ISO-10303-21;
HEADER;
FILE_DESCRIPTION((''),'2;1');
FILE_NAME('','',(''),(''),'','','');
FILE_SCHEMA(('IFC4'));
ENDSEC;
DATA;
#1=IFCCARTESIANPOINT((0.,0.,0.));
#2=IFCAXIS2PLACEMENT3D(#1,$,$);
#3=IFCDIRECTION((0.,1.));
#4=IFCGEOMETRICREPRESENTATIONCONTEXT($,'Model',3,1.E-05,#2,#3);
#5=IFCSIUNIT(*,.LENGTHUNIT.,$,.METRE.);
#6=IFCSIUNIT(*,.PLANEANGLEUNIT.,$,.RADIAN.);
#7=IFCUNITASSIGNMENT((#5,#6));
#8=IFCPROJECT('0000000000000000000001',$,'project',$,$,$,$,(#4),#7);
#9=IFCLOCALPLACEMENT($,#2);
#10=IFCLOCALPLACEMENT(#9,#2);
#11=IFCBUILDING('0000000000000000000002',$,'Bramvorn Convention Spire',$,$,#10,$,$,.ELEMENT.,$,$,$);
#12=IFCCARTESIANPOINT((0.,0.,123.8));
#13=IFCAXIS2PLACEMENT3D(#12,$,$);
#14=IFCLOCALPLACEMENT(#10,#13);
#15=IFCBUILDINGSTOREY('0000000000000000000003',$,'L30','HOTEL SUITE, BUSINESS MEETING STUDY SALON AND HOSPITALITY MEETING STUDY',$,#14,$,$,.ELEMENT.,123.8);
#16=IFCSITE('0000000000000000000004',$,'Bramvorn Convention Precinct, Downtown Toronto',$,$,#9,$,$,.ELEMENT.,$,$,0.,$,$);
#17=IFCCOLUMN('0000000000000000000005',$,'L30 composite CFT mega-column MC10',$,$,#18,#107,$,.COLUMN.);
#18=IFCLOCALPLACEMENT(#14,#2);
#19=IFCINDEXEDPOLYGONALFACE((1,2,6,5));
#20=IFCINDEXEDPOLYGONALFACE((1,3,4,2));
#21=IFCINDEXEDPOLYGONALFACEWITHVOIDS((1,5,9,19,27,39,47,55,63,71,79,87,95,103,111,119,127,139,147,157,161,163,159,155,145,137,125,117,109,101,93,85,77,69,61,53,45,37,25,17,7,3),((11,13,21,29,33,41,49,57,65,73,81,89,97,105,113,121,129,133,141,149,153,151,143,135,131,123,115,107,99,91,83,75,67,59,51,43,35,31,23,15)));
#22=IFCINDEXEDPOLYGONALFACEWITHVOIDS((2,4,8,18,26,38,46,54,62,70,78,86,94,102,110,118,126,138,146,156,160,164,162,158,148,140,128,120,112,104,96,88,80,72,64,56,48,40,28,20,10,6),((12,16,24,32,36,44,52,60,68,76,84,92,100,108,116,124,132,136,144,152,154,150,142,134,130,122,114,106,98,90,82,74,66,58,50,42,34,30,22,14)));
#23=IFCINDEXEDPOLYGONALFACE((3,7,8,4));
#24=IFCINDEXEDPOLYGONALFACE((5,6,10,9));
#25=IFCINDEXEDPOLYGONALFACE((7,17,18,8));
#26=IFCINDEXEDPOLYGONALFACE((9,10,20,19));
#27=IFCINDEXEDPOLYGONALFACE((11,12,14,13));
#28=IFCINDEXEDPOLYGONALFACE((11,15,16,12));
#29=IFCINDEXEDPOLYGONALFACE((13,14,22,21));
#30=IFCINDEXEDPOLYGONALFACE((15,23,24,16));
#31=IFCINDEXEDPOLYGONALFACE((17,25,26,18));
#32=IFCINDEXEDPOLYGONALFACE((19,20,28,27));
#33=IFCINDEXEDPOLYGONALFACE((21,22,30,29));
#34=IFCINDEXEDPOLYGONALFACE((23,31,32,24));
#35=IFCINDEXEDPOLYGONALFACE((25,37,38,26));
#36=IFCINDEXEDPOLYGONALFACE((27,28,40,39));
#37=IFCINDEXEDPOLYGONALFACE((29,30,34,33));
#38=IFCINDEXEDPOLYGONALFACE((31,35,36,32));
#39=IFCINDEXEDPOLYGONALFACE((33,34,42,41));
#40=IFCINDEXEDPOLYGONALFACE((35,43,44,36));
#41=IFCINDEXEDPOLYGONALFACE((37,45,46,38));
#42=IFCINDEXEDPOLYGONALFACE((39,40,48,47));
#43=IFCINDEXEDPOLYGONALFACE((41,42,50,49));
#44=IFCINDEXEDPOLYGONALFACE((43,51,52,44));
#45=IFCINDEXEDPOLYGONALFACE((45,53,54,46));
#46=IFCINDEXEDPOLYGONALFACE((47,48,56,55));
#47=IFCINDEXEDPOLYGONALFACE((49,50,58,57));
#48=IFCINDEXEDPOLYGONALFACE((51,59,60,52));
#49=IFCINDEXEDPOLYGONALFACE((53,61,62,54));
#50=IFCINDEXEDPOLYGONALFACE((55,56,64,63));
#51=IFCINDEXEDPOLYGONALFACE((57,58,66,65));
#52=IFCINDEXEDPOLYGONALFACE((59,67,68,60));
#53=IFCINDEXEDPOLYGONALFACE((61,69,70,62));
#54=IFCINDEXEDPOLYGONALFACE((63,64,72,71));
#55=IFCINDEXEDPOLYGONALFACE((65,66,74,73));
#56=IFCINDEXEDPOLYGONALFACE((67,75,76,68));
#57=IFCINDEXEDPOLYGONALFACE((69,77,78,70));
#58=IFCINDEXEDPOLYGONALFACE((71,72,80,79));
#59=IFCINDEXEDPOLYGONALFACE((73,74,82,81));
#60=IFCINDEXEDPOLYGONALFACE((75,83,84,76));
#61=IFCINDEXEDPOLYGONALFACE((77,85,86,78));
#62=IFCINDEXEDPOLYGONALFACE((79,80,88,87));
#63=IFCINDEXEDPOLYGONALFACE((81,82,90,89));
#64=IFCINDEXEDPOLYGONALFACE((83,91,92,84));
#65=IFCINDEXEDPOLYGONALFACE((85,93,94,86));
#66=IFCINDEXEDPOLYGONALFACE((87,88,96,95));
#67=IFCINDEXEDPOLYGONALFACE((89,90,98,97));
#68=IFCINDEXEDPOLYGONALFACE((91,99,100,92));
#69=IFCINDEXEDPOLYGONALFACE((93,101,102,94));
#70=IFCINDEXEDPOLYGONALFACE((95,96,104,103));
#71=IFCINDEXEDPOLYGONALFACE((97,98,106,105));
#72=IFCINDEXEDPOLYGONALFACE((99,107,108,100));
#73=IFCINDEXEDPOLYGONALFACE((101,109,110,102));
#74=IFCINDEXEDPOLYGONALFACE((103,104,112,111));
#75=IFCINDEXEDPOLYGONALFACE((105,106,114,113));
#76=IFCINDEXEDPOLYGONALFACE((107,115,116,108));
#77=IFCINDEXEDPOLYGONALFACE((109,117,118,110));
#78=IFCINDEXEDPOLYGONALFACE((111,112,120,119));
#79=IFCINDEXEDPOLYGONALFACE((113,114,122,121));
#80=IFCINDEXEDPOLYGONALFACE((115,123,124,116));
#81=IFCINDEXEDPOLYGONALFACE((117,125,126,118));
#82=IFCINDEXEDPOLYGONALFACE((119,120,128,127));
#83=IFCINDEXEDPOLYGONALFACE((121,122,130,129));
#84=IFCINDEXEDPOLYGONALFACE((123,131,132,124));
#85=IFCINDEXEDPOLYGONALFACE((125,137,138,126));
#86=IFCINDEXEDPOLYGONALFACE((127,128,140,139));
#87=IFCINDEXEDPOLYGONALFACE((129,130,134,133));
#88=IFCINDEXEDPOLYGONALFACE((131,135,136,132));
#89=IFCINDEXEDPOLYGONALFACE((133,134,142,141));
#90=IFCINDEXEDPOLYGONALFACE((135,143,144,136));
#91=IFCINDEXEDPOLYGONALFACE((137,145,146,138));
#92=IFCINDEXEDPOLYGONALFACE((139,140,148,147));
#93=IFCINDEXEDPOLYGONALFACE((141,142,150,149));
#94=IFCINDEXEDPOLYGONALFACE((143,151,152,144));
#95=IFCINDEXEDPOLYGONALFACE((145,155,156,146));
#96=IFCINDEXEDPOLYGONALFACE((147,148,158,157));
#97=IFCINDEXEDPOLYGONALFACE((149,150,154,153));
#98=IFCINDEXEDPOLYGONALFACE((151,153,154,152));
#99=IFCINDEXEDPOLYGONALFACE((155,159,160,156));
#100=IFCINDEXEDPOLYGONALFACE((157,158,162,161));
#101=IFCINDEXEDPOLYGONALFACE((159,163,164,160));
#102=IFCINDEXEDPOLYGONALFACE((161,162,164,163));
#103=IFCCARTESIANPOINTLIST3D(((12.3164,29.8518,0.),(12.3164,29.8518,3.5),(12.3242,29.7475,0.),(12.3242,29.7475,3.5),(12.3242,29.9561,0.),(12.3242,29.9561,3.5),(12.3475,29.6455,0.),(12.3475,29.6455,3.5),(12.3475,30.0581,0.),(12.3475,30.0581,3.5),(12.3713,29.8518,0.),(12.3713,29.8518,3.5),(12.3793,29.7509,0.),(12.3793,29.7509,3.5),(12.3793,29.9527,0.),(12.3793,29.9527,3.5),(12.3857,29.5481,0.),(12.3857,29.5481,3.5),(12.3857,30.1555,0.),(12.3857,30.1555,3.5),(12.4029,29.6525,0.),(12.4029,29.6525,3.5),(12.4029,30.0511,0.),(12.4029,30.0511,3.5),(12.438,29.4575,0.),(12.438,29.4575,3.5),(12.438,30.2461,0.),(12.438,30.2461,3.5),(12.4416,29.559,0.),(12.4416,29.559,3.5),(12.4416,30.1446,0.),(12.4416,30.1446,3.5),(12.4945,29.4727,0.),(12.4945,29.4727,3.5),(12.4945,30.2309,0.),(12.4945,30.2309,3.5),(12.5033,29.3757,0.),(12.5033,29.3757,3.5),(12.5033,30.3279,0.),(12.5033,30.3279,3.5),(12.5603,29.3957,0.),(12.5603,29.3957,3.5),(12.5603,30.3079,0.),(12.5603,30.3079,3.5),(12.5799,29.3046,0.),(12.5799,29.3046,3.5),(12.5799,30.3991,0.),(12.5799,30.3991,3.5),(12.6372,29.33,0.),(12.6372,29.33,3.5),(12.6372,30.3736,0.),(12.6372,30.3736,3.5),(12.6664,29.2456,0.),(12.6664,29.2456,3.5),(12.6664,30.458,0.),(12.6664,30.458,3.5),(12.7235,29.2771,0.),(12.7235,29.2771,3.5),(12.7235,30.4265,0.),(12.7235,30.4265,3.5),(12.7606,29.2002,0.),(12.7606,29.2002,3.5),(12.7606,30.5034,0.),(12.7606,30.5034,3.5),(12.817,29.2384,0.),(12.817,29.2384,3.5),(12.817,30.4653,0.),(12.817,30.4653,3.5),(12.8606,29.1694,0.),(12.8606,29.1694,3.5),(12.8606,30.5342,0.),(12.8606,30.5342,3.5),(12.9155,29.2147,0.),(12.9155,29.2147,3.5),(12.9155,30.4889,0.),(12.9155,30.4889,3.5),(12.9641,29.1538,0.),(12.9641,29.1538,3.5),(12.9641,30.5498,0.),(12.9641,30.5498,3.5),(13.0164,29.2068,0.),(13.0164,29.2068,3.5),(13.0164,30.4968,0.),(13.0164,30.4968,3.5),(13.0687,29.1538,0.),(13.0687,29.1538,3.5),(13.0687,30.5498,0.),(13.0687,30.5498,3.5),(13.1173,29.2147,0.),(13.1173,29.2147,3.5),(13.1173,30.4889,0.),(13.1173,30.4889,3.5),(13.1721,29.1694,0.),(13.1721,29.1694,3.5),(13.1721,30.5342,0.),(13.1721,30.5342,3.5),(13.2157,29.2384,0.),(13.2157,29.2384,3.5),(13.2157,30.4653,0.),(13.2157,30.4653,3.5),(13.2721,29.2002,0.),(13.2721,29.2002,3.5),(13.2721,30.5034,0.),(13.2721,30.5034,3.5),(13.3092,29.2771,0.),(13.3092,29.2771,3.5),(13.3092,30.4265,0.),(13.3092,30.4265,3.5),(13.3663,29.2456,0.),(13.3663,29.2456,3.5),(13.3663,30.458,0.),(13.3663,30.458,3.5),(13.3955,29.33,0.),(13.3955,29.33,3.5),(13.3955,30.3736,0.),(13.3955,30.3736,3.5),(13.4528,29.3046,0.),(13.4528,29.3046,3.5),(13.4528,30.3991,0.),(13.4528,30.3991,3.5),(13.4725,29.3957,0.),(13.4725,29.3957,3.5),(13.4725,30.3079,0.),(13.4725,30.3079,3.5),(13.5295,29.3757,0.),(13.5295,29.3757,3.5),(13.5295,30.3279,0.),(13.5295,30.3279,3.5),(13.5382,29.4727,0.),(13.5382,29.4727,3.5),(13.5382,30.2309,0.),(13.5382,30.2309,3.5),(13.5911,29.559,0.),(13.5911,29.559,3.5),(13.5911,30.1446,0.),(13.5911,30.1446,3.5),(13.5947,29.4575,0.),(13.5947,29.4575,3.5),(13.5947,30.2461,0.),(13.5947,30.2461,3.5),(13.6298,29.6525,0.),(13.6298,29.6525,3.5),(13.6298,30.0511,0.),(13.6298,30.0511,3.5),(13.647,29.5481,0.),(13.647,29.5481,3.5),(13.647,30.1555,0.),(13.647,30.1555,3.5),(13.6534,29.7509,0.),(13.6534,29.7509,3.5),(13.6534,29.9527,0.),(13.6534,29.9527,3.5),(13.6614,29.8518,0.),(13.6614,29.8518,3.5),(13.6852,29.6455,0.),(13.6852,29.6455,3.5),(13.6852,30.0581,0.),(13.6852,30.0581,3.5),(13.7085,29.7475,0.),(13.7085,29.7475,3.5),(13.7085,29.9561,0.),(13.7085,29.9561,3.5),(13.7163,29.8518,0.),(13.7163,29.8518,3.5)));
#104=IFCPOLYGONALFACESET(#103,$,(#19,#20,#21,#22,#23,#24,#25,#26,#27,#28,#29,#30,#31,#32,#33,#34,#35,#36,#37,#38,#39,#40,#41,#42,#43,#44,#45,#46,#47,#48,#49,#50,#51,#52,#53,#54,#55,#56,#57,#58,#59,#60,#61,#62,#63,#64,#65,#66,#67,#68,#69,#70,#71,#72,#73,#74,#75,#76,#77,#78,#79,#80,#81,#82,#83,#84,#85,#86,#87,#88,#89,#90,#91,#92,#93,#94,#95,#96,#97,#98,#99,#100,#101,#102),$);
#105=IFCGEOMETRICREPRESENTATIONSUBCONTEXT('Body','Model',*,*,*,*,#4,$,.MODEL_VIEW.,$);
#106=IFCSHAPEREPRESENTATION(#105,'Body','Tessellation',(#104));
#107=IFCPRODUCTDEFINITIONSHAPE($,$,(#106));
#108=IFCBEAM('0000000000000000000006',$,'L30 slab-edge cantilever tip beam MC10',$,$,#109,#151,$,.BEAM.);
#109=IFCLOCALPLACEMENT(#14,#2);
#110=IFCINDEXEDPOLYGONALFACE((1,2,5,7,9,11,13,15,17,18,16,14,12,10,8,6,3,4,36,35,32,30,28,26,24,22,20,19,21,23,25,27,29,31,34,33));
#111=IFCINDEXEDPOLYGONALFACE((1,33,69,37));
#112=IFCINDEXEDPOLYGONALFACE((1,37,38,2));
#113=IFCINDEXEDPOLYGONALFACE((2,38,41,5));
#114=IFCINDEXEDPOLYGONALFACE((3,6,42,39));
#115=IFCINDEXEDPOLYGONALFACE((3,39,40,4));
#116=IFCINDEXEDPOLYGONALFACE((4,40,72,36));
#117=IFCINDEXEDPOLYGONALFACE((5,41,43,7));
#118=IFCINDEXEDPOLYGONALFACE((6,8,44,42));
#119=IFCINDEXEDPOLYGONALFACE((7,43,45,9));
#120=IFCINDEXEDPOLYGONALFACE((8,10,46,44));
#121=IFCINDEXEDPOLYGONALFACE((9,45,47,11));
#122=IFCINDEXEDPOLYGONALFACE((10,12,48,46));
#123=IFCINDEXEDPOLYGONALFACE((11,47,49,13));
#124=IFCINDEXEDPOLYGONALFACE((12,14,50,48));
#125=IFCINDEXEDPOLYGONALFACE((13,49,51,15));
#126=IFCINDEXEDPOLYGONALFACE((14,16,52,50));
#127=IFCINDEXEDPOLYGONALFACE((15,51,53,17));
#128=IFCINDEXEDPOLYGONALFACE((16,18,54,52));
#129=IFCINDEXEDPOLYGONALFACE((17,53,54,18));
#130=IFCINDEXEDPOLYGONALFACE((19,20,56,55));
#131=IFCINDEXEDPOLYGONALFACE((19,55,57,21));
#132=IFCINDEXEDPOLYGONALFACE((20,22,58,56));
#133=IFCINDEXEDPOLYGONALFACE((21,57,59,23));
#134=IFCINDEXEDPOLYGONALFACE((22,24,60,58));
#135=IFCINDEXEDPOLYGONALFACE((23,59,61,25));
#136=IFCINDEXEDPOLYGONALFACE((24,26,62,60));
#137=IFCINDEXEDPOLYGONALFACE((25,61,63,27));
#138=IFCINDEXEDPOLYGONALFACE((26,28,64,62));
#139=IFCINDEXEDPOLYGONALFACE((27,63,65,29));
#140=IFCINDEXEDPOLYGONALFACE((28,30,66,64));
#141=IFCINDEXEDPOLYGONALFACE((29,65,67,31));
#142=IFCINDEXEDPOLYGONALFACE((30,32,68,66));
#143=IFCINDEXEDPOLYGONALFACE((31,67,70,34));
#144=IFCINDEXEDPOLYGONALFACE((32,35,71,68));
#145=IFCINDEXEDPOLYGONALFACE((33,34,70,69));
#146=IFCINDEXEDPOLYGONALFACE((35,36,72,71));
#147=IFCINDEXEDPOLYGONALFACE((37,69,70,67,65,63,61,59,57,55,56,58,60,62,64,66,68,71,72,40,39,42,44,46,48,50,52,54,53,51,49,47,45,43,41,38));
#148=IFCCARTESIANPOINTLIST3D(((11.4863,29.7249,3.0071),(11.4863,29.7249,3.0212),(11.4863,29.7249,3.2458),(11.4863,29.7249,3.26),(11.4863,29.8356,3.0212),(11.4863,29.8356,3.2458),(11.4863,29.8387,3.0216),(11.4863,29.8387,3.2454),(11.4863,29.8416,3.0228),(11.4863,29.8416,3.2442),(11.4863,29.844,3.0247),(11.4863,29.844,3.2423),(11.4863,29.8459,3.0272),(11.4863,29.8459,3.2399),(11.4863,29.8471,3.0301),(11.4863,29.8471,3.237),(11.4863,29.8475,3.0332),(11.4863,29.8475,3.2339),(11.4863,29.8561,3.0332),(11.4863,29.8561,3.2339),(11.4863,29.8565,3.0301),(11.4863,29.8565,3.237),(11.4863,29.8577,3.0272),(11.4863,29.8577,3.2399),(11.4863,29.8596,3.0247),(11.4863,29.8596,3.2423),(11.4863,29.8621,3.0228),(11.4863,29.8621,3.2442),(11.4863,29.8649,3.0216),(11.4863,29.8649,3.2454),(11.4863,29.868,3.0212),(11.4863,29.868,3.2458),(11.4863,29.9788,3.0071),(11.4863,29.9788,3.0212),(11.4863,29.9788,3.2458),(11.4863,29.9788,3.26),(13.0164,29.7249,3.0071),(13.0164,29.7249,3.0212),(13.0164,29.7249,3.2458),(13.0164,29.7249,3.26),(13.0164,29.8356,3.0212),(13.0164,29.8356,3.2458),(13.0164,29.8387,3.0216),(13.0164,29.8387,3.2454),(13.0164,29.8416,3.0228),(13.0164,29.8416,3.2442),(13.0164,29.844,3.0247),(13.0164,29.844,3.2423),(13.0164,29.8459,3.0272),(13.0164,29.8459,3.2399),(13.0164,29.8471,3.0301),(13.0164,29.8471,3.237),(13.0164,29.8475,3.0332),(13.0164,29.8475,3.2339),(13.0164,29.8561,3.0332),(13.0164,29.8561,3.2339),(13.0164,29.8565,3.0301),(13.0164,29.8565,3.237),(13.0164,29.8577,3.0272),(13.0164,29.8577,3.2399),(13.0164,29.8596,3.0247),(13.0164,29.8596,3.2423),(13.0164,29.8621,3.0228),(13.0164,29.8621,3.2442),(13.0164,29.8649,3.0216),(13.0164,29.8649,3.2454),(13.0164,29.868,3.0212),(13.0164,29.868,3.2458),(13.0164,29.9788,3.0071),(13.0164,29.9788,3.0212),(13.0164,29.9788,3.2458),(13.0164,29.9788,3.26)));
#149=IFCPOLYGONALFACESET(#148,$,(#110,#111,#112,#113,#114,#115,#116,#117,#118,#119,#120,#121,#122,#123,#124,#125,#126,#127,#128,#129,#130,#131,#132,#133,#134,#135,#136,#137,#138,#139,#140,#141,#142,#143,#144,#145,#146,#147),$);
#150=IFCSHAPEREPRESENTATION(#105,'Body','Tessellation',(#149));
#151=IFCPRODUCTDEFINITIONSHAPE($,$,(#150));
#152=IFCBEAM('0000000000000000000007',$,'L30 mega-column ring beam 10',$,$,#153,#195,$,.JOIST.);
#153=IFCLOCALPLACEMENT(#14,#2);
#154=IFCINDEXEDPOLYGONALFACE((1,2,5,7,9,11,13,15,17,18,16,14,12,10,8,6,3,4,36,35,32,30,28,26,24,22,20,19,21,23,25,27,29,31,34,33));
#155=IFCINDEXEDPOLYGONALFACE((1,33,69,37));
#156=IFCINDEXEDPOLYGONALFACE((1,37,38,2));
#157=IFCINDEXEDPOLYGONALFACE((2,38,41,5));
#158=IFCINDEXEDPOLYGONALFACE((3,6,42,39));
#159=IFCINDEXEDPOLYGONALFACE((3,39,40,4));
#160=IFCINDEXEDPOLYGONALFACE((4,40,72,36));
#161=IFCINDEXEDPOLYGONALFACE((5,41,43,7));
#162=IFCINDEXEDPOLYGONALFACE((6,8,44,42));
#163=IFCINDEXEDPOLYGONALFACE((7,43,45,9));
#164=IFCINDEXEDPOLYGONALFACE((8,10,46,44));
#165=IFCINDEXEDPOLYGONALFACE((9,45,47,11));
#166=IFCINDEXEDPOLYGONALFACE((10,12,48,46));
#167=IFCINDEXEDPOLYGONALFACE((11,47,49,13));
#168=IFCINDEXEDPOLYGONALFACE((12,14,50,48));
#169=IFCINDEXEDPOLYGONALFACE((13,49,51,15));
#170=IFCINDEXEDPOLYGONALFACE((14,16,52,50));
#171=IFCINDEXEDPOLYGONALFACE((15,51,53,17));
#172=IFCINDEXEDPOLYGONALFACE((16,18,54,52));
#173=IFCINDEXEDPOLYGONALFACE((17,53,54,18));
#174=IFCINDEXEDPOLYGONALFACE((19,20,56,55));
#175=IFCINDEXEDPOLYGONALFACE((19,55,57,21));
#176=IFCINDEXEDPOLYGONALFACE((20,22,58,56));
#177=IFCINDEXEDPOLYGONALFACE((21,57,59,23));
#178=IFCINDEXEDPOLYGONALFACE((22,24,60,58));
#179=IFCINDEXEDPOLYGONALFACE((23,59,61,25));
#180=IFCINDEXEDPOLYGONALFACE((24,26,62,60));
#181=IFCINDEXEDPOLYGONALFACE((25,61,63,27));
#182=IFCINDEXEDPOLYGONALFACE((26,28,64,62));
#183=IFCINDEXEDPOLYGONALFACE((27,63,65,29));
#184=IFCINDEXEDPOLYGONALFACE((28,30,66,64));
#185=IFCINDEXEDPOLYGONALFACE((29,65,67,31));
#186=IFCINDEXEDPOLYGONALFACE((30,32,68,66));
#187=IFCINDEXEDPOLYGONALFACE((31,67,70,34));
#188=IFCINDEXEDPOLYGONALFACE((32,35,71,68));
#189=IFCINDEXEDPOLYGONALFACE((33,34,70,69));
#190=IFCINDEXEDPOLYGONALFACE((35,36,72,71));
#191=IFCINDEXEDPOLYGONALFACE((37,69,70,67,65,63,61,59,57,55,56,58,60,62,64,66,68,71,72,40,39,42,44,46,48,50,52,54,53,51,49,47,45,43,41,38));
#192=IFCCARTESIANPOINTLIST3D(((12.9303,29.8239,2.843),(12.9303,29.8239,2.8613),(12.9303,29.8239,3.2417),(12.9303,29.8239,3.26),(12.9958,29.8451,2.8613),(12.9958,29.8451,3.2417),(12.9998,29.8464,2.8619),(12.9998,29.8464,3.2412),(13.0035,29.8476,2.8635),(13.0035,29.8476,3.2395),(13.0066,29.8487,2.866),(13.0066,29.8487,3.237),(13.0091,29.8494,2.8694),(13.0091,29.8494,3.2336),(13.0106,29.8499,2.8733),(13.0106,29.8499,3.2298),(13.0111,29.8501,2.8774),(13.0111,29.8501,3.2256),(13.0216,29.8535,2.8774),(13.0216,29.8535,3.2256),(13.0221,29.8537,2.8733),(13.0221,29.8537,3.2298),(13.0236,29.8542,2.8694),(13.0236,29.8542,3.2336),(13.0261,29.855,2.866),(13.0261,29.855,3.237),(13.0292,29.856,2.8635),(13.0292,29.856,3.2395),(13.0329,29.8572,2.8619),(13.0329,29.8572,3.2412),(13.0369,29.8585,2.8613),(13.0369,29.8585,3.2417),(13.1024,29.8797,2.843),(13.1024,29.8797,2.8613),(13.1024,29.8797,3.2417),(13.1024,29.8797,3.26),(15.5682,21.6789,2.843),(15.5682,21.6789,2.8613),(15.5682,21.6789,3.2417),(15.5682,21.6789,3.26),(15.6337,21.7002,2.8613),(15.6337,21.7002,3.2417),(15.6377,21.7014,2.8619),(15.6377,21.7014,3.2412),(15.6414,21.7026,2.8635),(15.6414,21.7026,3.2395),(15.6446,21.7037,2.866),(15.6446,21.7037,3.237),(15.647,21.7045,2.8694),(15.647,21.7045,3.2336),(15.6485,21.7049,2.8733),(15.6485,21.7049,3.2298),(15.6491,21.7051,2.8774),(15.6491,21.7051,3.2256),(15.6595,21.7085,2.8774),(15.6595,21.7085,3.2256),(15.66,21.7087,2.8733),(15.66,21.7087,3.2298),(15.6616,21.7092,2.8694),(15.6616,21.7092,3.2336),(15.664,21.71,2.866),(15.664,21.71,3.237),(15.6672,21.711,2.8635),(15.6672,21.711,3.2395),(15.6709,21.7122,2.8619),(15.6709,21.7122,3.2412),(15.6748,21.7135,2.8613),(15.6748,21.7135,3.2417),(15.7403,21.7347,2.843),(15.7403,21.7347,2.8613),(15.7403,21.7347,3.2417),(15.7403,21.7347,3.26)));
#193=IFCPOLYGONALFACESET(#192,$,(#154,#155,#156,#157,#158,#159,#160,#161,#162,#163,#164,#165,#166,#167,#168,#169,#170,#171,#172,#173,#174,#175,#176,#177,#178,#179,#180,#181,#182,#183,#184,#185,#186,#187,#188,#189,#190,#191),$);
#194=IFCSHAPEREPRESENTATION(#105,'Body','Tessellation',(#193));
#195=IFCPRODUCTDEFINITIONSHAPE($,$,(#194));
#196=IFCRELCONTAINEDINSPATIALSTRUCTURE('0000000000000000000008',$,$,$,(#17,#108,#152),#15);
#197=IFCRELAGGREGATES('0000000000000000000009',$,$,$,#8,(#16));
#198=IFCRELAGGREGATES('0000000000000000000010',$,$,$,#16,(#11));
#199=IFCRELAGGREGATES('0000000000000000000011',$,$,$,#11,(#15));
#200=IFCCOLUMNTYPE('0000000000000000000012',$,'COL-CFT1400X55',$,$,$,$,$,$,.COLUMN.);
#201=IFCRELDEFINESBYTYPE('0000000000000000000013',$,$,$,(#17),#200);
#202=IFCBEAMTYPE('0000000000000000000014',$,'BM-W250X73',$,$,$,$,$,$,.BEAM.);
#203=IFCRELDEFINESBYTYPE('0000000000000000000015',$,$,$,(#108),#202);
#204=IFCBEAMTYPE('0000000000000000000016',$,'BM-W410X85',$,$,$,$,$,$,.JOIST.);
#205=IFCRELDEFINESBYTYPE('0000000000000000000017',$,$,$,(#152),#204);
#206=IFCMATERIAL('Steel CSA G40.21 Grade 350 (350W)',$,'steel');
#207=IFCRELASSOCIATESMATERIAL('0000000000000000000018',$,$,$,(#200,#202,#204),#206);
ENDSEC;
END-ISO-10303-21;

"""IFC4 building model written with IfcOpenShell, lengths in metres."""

from ifc_helpers import new_model, si_unit, direction, frame, origin, origin_2d, place, context, subcontext, project, spatial, hollow_circle, i_section, extrude, material, material_profile, profile_set, type_object, element, save


model = new_model("IFC4")

# Units and contexts
model_context = context("Model", 3, precision=1e-05, world=origin(), true_north=direction((0.0, 1.0)))
body_context = subcontext(model_context, "Body", "Model", "MODEL_VIEW")
ifc_project = project(units=[si_unit("LENGTHUNIT", "METRE"), si_unit("PLANEANGLEUNIT", "RADIAN")], contexts=[model_context])

# Site, building, storey
site_placement = place(None, origin())
site = spatial("IfcSite", under=ifc_project, at=site_placement, Name="Bramvorn Convention Precinct, Downtown Toronto", CompositionType="ELEMENT", RefElevation=0.0)
building_placement = place(site_placement, origin())
building = spatial("IfcBuilding", under=site, at=building_placement, Name="Bramvorn Convention Spire", CompositionType="ELEMENT")
storey_placement = place(building_placement, frame((0.0, 0.0, 123.8)))
storey = spatial("IfcBuildingStorey", under=building, at=storey_placement, Name="L30", Description="HOTEL SUITE, BUSINESS MEETING STUDY SALON AND HOSPITALITY MEETING STUDY", CompositionType="ELEMENT", Elevation=123.8)

# Column
ifc_material_1 = material(Name="Steel CSA G40.21 Grade 350 (350W)", Category="steel")
ifc_material_profile_1 = material_profile(ifc_material_1, hollow_circle(Radius=0.7, WallThickness=0.0549, at=origin_2d()))
ifc_profile_set_1 = profile_set([ifc_material_profile_1], Name="Steel CSA G40.21 Grade 350 (350W) - CFT1400X55")
column_type = type_object("IfcColumnType", Name="COL-CFT1400X55", PredefinedType="COLUMN", material=ifc_profile_set_1)
column_placement = place(storey_placement, frame((13.0164, 29.8518, 0.0), z_axis=(0.0, 0.0, 1.0), x_axis=(1.0, 0.0, 0.0)))
element("IfcColumn", 1, at=column_placement, inside=storey, type_object=column_type, Name="L30 composite CFT mega-column MC10", PredefinedType="COLUMN", context=body_context, shape_type="SweptSolid", body=[
    extrude(hollow_circle(Radius=0.7, WallThickness=0.0549, at=origin_2d()), origin(), (0.0, 0.0, 1.0), 3.5),
])

# Beams
ifc_material_profile_2 = material_profile(ifc_material_1, i_section(OverallWidth=0.2539, OverallDepth=0.2529, WebThickness=0.0085, FlangeThickness=0.0142, FilletRadius=0.012, at=origin_2d()))
ifc_profile_set_2 = profile_set([ifc_material_profile_2], Name="Steel CSA G40.21 Grade 350 (350W) - W250X73")
beam_type_1 = type_object("IfcBeamType", Name="BM-W250X73", PredefinedType="BEAM", material=ifc_profile_set_2)
beam_1_placement = place(storey_placement, frame((13.0164, 29.8518, 3.1335), z_axis=(-1.0, 0.0, 0.0), x_axis=(0.0, -1.0, 0.0)))
element("IfcBeam", 2, at=beam_1_placement, inside=storey, type_object=beam_type_1, Name="L30 slab-edge cantilever tip beam MC10", PredefinedType="BEAM", context=body_context, shape_type="SweptSolid", body=[
    extrude(i_section(OverallWidth=0.2539, OverallDepth=0.2529, WebThickness=0.0085, FlangeThickness=0.0142, FilletRadius=0.012, at=origin_2d()), origin(), (0.0, 0.0, 1.0), 1.53),
])
ifc_material_profile_3 = material_profile(ifc_material_1, i_section(OverallWidth=0.1809, OverallDepth=0.417, WebThickness=0.011, FlangeThickness=0.0183, FilletRadius=0.0161, at=origin_2d()))
ifc_profile_set_3 = profile_set([ifc_material_profile_3], Name="Steel CSA G40.21 Grade 350 (350W) - W410X85")
beam_type_2 = type_object("IfcBeamType", Name="BM-W410X85", PredefinedType="JOIST", material=ifc_profile_set_3)
beam_2_placement = place(storey_placement, frame((13.0164, 29.8518, 3.0515), z_axis=(0.308115, -0.951349, 0.0), x_axis=(0.951349, 0.308115, 0.0)))
element("IfcBeam", 3, at=beam_2_placement, inside=storey, type_object=beam_type_2, Name="L30 mega-column ring beam 10", PredefinedType="JOIST", context=body_context, shape_type="SweptSolid", body=[
    extrude(i_section(OverallWidth=0.1809, OverallDepth=0.417, WebThickness=0.011, FlangeThickness=0.0183, FilletRadius=0.0161, at=origin_2d()), origin(), (0.0, 0.0, 1.0), 8.5615),
])

save(model, "model.ifc")
